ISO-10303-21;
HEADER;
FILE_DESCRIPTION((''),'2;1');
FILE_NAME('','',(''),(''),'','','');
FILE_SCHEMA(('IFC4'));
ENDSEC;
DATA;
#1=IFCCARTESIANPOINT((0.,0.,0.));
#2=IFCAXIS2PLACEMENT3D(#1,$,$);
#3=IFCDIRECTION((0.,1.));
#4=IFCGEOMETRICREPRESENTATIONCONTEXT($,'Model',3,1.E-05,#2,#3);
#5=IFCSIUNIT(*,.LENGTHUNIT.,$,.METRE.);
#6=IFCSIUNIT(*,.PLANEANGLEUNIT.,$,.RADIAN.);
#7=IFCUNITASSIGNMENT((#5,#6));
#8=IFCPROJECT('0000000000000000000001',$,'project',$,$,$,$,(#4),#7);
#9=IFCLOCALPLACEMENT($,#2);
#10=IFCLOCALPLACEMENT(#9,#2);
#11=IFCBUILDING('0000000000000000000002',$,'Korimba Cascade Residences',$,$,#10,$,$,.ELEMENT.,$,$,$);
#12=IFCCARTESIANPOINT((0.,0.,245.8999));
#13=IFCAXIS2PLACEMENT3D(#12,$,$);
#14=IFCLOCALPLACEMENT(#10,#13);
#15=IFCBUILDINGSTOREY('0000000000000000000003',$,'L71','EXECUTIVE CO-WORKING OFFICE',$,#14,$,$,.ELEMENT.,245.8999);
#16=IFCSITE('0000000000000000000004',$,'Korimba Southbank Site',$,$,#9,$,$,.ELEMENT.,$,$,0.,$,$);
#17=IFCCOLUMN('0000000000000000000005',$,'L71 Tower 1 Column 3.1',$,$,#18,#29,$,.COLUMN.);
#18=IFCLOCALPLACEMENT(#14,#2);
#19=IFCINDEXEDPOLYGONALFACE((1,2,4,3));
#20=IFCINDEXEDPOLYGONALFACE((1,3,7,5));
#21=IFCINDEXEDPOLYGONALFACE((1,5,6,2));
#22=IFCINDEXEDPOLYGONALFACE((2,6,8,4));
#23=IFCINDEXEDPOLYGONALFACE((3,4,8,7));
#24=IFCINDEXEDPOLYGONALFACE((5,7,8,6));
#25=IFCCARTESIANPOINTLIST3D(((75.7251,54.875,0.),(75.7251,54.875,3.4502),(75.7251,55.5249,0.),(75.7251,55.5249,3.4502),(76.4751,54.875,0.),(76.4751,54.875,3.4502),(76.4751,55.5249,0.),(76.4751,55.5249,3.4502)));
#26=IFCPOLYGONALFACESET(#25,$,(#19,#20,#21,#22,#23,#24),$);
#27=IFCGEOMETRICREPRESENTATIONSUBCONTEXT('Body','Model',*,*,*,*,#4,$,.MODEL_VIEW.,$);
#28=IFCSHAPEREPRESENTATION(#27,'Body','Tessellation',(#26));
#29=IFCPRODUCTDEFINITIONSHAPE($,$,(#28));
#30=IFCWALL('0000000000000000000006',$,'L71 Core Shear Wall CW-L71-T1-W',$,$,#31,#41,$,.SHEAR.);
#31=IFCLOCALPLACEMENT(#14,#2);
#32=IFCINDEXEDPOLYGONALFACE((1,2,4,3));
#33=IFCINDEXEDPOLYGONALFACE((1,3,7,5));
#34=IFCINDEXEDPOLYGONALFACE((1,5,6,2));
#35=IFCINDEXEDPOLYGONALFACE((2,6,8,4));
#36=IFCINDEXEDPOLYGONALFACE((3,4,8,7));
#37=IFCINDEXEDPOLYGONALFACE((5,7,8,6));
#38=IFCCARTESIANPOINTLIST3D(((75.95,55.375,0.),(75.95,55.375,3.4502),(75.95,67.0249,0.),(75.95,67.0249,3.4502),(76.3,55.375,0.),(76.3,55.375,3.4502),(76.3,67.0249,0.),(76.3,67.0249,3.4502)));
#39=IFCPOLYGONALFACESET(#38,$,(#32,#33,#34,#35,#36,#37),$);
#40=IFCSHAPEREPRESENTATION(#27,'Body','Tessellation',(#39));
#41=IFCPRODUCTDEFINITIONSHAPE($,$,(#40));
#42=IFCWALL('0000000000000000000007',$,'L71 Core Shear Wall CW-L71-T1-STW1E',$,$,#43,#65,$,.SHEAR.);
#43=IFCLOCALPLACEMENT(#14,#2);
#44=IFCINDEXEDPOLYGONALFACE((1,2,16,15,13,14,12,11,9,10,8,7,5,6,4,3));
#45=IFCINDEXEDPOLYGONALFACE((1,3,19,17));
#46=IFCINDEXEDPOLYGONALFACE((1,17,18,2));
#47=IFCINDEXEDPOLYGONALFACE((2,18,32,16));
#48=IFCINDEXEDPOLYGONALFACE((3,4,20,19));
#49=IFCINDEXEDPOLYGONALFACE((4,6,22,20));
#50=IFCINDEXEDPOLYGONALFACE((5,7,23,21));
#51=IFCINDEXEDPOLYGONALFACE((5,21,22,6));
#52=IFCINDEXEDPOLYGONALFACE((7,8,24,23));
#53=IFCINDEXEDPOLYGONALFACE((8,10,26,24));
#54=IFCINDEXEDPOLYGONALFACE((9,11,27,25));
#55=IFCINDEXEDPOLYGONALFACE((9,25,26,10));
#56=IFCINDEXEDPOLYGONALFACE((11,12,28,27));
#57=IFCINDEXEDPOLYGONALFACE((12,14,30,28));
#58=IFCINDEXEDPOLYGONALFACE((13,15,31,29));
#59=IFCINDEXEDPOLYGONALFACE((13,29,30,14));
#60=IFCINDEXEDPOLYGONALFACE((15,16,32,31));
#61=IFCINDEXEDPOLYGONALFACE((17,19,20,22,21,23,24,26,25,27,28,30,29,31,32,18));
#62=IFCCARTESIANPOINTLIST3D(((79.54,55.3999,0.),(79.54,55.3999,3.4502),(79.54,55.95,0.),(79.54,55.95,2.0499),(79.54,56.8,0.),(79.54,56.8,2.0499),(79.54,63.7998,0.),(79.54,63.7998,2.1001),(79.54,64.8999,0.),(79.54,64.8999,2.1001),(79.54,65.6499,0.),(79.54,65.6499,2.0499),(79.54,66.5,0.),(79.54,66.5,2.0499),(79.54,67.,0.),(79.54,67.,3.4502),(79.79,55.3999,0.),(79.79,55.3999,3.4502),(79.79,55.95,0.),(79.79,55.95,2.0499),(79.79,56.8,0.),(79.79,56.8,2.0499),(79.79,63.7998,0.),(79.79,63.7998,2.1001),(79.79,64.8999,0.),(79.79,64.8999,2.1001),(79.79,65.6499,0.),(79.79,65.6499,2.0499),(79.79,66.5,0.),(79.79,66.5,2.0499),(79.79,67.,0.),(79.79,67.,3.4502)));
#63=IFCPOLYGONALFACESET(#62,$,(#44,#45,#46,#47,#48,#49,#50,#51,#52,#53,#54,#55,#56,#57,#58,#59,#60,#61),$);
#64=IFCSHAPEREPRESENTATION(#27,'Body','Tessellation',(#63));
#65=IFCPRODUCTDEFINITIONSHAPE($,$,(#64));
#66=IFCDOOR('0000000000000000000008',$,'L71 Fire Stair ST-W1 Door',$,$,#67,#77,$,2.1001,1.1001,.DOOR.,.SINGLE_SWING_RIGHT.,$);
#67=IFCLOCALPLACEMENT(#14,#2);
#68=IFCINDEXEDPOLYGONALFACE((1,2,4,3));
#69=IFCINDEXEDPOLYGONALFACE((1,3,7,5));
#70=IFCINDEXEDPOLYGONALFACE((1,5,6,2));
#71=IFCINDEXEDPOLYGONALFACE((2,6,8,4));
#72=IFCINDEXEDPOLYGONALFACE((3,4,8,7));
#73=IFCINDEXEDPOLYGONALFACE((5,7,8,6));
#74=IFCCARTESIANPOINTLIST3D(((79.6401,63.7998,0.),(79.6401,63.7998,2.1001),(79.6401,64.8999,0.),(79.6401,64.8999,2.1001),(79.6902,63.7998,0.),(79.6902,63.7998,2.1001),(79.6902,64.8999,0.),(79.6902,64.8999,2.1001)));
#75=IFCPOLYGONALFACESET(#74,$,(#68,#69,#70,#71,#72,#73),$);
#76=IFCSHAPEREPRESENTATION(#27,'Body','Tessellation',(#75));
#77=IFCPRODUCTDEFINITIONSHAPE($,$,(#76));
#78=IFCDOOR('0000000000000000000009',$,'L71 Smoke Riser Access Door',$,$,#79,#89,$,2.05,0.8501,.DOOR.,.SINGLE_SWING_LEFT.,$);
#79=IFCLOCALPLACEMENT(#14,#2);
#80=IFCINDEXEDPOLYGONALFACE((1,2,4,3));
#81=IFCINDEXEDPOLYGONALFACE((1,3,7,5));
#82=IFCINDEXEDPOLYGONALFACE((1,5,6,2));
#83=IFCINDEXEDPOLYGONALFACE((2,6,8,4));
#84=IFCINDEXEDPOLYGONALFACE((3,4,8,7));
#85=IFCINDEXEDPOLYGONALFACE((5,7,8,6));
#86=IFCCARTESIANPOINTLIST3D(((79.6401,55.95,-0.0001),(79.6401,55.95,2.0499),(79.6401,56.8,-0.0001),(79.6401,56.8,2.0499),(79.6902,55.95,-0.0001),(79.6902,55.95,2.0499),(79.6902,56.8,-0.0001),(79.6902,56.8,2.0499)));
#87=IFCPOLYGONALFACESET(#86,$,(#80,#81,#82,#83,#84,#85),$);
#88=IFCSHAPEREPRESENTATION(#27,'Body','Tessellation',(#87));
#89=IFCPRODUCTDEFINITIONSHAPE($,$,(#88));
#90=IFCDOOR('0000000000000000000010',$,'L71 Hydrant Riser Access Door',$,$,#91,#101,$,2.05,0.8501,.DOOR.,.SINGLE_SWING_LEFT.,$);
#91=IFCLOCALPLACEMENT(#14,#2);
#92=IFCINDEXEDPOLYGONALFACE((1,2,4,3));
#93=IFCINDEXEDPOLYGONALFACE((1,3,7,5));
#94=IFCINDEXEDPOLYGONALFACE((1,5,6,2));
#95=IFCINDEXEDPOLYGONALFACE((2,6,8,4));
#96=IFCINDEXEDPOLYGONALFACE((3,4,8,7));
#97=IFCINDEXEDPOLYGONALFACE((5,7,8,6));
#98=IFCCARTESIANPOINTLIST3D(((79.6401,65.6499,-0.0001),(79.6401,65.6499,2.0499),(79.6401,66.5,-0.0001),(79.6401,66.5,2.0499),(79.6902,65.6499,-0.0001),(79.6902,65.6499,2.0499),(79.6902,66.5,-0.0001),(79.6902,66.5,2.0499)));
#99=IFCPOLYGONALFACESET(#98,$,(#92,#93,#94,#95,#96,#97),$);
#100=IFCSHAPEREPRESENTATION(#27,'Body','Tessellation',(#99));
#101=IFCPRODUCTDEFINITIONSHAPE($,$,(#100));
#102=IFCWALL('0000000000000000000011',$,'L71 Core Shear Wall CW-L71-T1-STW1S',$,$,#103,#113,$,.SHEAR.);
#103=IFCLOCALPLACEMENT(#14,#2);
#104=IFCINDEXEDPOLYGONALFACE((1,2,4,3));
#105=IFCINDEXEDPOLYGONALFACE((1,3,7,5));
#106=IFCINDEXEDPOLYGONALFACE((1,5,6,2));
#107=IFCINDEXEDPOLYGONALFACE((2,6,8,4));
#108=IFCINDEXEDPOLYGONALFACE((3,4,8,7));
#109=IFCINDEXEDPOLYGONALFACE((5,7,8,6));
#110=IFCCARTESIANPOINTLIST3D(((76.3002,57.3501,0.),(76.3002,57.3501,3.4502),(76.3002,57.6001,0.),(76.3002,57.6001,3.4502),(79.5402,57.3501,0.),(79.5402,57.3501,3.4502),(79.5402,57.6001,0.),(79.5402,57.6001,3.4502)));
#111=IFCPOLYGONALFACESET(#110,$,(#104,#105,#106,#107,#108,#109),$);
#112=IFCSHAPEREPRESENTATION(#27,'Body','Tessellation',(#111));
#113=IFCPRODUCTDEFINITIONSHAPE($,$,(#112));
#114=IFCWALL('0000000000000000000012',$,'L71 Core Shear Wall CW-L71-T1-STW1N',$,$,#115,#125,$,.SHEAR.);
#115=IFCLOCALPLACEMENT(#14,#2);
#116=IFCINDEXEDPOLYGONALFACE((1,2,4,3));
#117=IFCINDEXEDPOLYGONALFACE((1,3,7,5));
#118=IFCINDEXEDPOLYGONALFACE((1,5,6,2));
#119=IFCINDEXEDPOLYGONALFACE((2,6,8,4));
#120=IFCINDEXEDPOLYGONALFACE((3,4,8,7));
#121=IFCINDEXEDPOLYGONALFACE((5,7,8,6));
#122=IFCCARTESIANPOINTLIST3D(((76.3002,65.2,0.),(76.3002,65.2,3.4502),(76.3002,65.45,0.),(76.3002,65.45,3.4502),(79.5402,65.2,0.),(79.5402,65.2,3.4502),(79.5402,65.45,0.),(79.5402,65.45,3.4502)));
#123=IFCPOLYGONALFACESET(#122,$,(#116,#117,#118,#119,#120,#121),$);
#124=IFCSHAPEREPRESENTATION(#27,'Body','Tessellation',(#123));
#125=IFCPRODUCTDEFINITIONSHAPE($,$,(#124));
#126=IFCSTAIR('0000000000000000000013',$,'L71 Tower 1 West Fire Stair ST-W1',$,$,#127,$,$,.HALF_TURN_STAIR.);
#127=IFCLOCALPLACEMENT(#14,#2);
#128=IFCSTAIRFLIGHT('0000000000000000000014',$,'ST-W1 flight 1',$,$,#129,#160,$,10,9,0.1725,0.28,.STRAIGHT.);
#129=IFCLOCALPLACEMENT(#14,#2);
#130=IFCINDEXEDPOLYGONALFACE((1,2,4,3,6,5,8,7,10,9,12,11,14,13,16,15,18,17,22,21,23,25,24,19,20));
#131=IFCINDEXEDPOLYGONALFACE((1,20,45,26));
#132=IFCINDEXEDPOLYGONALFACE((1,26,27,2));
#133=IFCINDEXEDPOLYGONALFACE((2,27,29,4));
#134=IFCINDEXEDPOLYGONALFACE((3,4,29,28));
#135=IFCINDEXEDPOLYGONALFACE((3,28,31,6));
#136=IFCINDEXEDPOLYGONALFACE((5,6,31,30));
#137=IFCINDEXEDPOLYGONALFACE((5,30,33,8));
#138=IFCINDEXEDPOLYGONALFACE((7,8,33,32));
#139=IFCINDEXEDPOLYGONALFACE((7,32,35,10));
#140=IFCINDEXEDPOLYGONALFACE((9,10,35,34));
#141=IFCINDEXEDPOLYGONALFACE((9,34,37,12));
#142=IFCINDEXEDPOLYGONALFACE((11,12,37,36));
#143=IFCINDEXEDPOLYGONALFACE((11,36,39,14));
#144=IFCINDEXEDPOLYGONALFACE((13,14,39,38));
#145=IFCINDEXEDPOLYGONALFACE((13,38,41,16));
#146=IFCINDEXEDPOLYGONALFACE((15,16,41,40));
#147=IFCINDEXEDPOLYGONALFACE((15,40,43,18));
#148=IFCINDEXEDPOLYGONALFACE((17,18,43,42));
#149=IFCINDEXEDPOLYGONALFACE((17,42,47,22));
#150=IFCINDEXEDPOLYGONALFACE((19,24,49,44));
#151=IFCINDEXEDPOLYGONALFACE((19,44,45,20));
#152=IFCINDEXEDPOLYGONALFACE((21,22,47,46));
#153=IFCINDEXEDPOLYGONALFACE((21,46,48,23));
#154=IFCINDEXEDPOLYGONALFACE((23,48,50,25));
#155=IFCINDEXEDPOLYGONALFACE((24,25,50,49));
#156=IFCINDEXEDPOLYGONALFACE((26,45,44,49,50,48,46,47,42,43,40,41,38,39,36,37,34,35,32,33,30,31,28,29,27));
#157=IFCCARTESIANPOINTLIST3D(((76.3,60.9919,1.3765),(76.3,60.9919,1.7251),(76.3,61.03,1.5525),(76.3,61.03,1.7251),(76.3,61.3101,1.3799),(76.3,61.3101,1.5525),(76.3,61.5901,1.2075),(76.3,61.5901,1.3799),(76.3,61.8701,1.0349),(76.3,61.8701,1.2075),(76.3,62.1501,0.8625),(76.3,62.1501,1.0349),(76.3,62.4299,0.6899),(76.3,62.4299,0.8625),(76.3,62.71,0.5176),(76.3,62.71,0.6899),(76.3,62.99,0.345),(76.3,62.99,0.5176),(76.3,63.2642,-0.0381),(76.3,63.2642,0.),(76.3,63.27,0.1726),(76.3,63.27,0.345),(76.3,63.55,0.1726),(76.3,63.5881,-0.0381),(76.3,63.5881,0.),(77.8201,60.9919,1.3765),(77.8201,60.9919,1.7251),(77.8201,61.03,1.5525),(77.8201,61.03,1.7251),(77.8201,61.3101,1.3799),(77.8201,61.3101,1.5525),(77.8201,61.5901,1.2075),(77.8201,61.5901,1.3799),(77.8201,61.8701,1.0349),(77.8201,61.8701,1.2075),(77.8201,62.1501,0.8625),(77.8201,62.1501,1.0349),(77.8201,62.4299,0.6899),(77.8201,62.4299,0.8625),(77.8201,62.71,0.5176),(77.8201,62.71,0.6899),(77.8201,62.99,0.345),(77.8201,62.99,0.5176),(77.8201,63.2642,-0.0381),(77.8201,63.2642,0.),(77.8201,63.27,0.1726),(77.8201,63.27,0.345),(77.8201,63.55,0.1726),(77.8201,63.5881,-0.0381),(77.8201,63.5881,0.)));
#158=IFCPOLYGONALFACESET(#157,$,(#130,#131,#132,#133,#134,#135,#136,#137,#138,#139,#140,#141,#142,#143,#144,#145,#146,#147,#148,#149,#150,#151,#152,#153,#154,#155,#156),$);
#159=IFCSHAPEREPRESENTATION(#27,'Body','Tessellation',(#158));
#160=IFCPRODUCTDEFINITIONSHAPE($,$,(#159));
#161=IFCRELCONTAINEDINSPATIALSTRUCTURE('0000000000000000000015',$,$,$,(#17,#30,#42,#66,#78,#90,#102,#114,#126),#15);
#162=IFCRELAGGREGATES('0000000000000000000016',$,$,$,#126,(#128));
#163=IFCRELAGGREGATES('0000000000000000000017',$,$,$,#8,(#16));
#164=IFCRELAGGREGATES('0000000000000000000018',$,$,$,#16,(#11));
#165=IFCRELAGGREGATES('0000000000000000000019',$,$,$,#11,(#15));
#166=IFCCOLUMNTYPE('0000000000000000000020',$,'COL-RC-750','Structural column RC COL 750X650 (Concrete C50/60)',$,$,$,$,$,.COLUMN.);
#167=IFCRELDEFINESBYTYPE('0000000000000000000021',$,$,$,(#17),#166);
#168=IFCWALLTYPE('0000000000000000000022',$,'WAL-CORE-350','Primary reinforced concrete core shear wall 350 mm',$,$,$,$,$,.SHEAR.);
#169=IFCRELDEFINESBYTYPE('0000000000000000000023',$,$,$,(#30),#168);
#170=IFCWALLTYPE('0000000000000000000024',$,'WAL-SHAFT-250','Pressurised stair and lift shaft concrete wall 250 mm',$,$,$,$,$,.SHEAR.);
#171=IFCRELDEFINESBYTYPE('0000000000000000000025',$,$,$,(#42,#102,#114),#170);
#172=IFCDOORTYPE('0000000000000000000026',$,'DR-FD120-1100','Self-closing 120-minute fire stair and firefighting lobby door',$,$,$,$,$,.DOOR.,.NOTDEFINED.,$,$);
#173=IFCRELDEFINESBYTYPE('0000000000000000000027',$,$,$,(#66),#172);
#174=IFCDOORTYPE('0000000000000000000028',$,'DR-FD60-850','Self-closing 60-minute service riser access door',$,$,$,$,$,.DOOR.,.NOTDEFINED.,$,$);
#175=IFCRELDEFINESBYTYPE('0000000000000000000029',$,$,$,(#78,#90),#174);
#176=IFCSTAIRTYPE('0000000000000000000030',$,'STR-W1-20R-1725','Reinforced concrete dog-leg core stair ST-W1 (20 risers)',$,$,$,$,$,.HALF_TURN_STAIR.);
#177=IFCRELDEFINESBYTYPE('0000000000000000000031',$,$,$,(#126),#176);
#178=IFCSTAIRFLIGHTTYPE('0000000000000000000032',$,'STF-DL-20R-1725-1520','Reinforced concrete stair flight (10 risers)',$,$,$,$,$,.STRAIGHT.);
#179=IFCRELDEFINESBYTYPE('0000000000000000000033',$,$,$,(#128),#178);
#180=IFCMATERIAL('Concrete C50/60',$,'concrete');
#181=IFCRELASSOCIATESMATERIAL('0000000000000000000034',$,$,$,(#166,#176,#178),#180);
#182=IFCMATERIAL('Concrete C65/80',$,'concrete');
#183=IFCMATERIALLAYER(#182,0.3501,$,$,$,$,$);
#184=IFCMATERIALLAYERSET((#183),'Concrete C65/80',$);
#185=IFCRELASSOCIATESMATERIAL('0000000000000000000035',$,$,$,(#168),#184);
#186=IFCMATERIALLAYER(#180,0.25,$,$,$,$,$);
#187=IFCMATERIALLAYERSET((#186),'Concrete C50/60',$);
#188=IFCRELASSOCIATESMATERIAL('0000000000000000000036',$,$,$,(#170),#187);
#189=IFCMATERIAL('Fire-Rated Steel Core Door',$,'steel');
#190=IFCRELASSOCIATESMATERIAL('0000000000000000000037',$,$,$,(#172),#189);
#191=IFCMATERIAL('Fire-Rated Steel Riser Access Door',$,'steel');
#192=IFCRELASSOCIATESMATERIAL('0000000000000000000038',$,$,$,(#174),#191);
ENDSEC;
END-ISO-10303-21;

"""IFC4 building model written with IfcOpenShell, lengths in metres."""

from ifc_helpers import new_model, si_unit, direction, frame, frame_2d, origin, origin_2d, place, context, subcontext, project, spatial, polyline, rectangle, outline, extrude, material, layer, layer_set, material_profile, profile_set, type_object, element, fill, aggregate, save


model = new_model("IFC4")

# Units and contexts
model_context = context("Model", 3, precision=1e-05, world=origin(), true_north=direction((0.0, 1.0)))
body_context = subcontext(model_context, "Body", "Model", "MODEL_VIEW")
ifc_project = project(units=[si_unit("LENGTHUNIT", "METRE"), si_unit("PLANEANGLEUNIT", "RADIAN")], contexts=[model_context])

# Site, building, storey
site_placement = place(None, origin())
site = spatial("IfcSite", under=ifc_project, at=site_placement, Name="Korimba Southbank Site", CompositionType="ELEMENT", RefElevation=0.0)
building_placement = place(site_placement, origin())
building = spatial("IfcBuilding", under=site, at=building_placement, Name="Korimba Cascade Residences", CompositionType="ELEMENT")
storey_placement = place(building_placement, frame((0.0, 0.0, 245.8999)))
storey = spatial("IfcBuildingStorey", under=building, at=storey_placement, Name="L71", Description="EXECUTIVE CO-WORKING OFFICE", CompositionType="ELEMENT", Elevation=245.8999)

# Column
ifc_material_1 = material(Name="Concrete C50/60", Category="concrete")
ifc_material_profile = material_profile(ifc_material_1, rectangle(XDim=0.75, YDim=0.6499, at=origin_2d()), Name="Concrete C50/60")
ifc_profile_set = profile_set([ifc_material_profile], Name="Concrete C50/60")
column_type = type_object("IfcColumnType", Name="COL-RC-750", Description="Structural column RC COL 750X650 (Concrete C50/60)", PredefinedType="COLUMN", material=ifc_profile_set)
column_placement = place(storey_placement, frame((76.1001, 55.2, 0.0), z_axis=(0.0, 0.0, 1.0), x_axis=(1.0, 0.0, 0.0)))
element("IfcColumn", 1, at=column_placement, inside=storey, type_object=column_type, Name="L71 Tower 1 Column 3.1", PredefinedType="COLUMN", context=body_context, shape_type="SweptSolid", body=[
    extrude(rectangle(XDim=0.75, YDim=0.6499, at=origin_2d()), origin(), (0.0, 0.0, 1.0), 3.4502),
])

# Wall
ifc_material_2 = material(Name="Concrete C65/80", Category="concrete")
ifc_layer_1 = layer(ifc_material_2, 0.3501)
ifc_layer_set_1 = layer_set([ifc_layer_1], Name="Concrete C65/80")
wall_type_1 = type_object("IfcWallType", Name="WAL-CORE-350", Description="Primary reinforced concrete core shear wall 350 mm", PredefinedType="SHEAR", material=ifc_layer_set_1)
wall_1_placement = place(storey_placement, frame((76.125, 55.375, 0.0), z_axis=(0.0, 0.0, 1.0), x_axis=(0.0, 1.0, 0.0)))
element("IfcWall", 2, at=wall_1_placement, inside=storey, type_object=wall_type_1, Name="L71 Core Shear Wall CW-L71-T1-W", PredefinedType="SHEAR", context=body_context, shape_type="SweptSolid", body=[
    extrude(rectangle(XDim=11.6499, YDim=0.3501, at=frame_2d((5.825, 0.0))), origin(), (0.0, 0.0, 1.0), 3.4502),
])

# Wall, openings, doors
ifc_layer_2 = layer(ifc_material_1, 0.25)
ifc_layer_set_2 = layer_set([ifc_layer_2], Name="Concrete C50/60")
wall_type_2 = type_object("IfcWallType", Name="WAL-SHAFT-250", Description="Pressurised stair and lift shaft concrete wall 250 mm", PredefinedType="SHEAR", material=ifc_layer_set_2)
wall_2_placement = place(storey_placement, frame((79.665, 55.3999, 0.0), z_axis=(0.0, 0.0, 1.0), x_axis=(0.0, 1.0, 0.0)))
wall_2 = element("IfcWall", 3, at=wall_2_placement, inside=storey, type_object=wall_type_2, Name="L71 Core Shear Wall CW-L71-T1-STW1E", PredefinedType="SHEAR", context=body_context, shape_type="SweptSolid", body=[
    extrude(rectangle(XDim=11.6001, YDim=0.25, at=frame_2d((5.8, 0.0))), origin(), (0.0, 0.0, 1.0), 3.4502),
])
opening_1_placement = place(wall_2_placement, frame((0.55, 0.0, 0.0)))
opening_1 = element("IfcOpeningElement", 4, at=opening_1_placement, cuts=wall_2, PredefinedType="OPENING", context=body_context, shape_type="SweptSolid", body=[
    extrude(rectangle(XDim=0.8501, YDim=2.05, at=frame_2d((0.425, 1.0249))), frame((0.0, 0.135, 0.0), z_axis=(0.0, -1.0, 0.0), x_axis=(1.0, 0.0, 0.0)), (0.0, 0.0, 1.0), 0.27),
])
opening_2_placement = place(wall_2_placement, frame((8.3999, 0.0, 0.0)))
opening_2 = element("IfcOpeningElement", 5, at=opening_2_placement, cuts=wall_2, PredefinedType="OPENING", context=body_context, shape_type="SweptSolid", body=[
    extrude(rectangle(XDim=1.1001, YDim=2.1001, at=frame_2d((0.55, 1.05))), frame((0.0, 0.135, 0.0), z_axis=(0.0, -1.0, 0.0), x_axis=(1.0, 0.0, 0.0)), (0.0, 0.0, 1.0), 0.27),
])
opening_3_placement = place(wall_2_placement, frame((10.25, 0.0, 0.0)))
opening_3 = element("IfcOpeningElement", 6, at=opening_3_placement, cuts=wall_2, PredefinedType="OPENING", context=body_context, shape_type="SweptSolid", body=[
    extrude(rectangle(XDim=0.8501, YDim=2.05, at=frame_2d((0.425, 1.0249))), frame((0.0, 0.135, 0.0), z_axis=(0.0, -1.0, 0.0), x_axis=(1.0, 0.0, 0.0)), (0.0, 0.0, 1.0), 0.27),
])
ifc_material_3 = material(Name="Fire-Rated Steel Core Door", Category="steel")
door_type_1 = type_object("IfcDoorType", Name="DR-FD120-1100", Description="Self-closing 120-minute fire stair and firefighting lobby door", OperationType="NOTDEFINED", PredefinedType="DOOR", material=ifc_material_3)
door_1_placement = place(opening_2_placement, origin())
door_1 = element("IfcDoor", 7, at=door_1_placement, inside=storey, type_object=door_type_1, Name="L71 Fire Stair ST-W1 Door", OperationType="SINGLE_SWING_RIGHT", OverallHeight=2.1001, OverallWidth=1.1001, PredefinedType="DOOR", context=body_context, shape_type="SweptSolid", body=[
    extrude(rectangle(XDim=1.1001, YDim=2.1001, at=frame_2d((0.55, 1.05))), frame((0.0, 0.0249, 0.0), z_axis=(0.0, -1.0, 0.0), x_axis=(1.0, 0.0, 0.0)), (0.0, 0.0, 1.0), 0.05),
])
fill(opening_2, door_1)
ifc_material_4 = material(Name="Fire-Rated Steel Riser Access Door", Category="steel")
door_type_2 = type_object("IfcDoorType", Name="DR-FD60-850", Description="Self-closing 60-minute service riser access door", OperationType="NOTDEFINED", PredefinedType="DOOR", material=ifc_material_4)
door_2_placement = place(opening_1_placement, origin())
door_2 = element("IfcDoor", 8, at=door_2_placement, inside=storey, type_object=door_type_2, Name="L71 Smoke Riser Access Door", OperationType="SINGLE_SWING_LEFT", OverallHeight=2.05, OverallWidth=0.8501, PredefinedType="DOOR", context=body_context, shape_type="SweptSolid", body=[
    extrude(rectangle(XDim=0.8501, YDim=2.05, at=frame_2d((0.425, 1.0249))), frame((0.0, 0.0249, 0.0), z_axis=(0.0, -1.0, 0.0), x_axis=(1.0, 0.0, 0.0)), (0.0, 0.0, 1.0), 0.05),
])
fill(opening_1, door_2)
door_3_placement = place(opening_3_placement, origin())
door_3 = element("IfcDoor", 9, at=door_3_placement, inside=storey, type_object=door_type_2, Name="L71 Hydrant Riser Access Door", OperationType="SINGLE_SWING_LEFT", OverallHeight=2.05, OverallWidth=0.8501, PredefinedType="DOOR", context=body_context, shape_type="SweptSolid", body=[
    extrude(rectangle(XDim=0.8501, YDim=2.05, at=frame_2d((0.425, 1.0249))), frame((0.0, 0.0249, 0.0), z_axis=(0.0, -1.0, 0.0), x_axis=(1.0, 0.0, 0.0)), (0.0, 0.0, 1.0), 0.05),
])
fill(opening_3, door_3)

# Walls
for number, where, z_axis, x_axis, name in (
    (10, (76.3, 57.4751, 0.0), (0.0, 0.0, 1.0), (1.0, 0.0, 0.0), "L71 Core Shear Wall CW-L71-T1-STW1S"),
    (11, (76.3, 65.325, 0.0), (0.0, 0.0, 1.0), (1.0, 0.0, 0.0), "L71 Core Shear Wall CW-L71-T1-STW1N"),
):
    element("IfcWall", number, at=place(storey_placement, frame(where, z_axis=z_axis, x_axis=x_axis)), inside=storey, type_object=wall_type_2, Name=name, PredefinedType="SHEAR", context=body_context, shape_type="SweptSolid", body=[
        extrude(rectangle(XDim=3.24, YDim=0.25, at=frame_2d((1.6201, 0.0))), origin(), (0.0, 0.0, 1.0), 3.4502),
    ])

# Stair, stair flight
stair_type = type_object("IfcStairType", Name="STR-W1-20R-1725", Description="Reinforced concrete dog-leg core stair ST-W1 (20 risers)", PredefinedType="HALF_TURN_STAIR", material=ifc_material_1)
stair_placement = place(storey_placement, origin())
stair = element("IfcStair", 12, at=stair_placement, inside=storey, type_object=stair_type, Name="L71 Tower 1 West Fire Stair ST-W1", PredefinedType="HALF_TURN_STAIR")
stair_flight_type = type_object("IfcStairFlightType", Name="STF-DL-20R-1725-1520", Description="Reinforced concrete stair flight (10 risers)", PredefinedType="STRAIGHT", material=ifc_material_1)
stair_flight_1_placement = place(storey_placement, frame((77.0601, 63.55, 0.0), z_axis=(0.0, 0.0, 1.0), x_axis=(0.0, -1.0, 0.0)))
stair_flight_1 = element("IfcStairFlight", 13, at=stair_flight_1_placement, type_object=stair_flight_type, Name="ST-W1 flight 1", NumberOfRisers=10, NumberOfTreads=9, PredefinedType="STRAIGHT", RiserHeight=0.1725, TreadLength=0.28, context=body_context, shape_type="SweptSolid", body=[
    extrude(outline(polyline([(-0.0381, 0.0), (0.0, 0.1726), (0.28, 0.1726), (0.28, 0.345), (0.5601, 0.345), (0.5601, 0.5176), (0.8401, 0.5176), (0.8401, 0.6899), (1.1201, 0.6899), (1.1201, 0.8625), (1.3999, 0.8625), (1.3999, 1.0349), (1.6799, 1.0349), (1.6799, 1.2075), (1.96, 1.2075), (1.96, 1.3799), (2.24, 1.3799), (2.24, 1.5525), (2.52, 1.5525), (2.52, 1.7251), (2.5581, 1.7251), (2.5581, 1.3765), (0.2859, 0.0), (0.2859, -0.0381), (-0.0381, -0.0381), (-0.0381, 0.0)])), frame((0.0, 0.76, 0.0), z_axis=(0.0, -1.0, 0.0), x_axis=(1.0, 0.0, 0.0)), (0.0, 0.0, 1.0), 1.52),
])
aggregate(stair, [stair_flight_1])

save(model, "model.ifc")
